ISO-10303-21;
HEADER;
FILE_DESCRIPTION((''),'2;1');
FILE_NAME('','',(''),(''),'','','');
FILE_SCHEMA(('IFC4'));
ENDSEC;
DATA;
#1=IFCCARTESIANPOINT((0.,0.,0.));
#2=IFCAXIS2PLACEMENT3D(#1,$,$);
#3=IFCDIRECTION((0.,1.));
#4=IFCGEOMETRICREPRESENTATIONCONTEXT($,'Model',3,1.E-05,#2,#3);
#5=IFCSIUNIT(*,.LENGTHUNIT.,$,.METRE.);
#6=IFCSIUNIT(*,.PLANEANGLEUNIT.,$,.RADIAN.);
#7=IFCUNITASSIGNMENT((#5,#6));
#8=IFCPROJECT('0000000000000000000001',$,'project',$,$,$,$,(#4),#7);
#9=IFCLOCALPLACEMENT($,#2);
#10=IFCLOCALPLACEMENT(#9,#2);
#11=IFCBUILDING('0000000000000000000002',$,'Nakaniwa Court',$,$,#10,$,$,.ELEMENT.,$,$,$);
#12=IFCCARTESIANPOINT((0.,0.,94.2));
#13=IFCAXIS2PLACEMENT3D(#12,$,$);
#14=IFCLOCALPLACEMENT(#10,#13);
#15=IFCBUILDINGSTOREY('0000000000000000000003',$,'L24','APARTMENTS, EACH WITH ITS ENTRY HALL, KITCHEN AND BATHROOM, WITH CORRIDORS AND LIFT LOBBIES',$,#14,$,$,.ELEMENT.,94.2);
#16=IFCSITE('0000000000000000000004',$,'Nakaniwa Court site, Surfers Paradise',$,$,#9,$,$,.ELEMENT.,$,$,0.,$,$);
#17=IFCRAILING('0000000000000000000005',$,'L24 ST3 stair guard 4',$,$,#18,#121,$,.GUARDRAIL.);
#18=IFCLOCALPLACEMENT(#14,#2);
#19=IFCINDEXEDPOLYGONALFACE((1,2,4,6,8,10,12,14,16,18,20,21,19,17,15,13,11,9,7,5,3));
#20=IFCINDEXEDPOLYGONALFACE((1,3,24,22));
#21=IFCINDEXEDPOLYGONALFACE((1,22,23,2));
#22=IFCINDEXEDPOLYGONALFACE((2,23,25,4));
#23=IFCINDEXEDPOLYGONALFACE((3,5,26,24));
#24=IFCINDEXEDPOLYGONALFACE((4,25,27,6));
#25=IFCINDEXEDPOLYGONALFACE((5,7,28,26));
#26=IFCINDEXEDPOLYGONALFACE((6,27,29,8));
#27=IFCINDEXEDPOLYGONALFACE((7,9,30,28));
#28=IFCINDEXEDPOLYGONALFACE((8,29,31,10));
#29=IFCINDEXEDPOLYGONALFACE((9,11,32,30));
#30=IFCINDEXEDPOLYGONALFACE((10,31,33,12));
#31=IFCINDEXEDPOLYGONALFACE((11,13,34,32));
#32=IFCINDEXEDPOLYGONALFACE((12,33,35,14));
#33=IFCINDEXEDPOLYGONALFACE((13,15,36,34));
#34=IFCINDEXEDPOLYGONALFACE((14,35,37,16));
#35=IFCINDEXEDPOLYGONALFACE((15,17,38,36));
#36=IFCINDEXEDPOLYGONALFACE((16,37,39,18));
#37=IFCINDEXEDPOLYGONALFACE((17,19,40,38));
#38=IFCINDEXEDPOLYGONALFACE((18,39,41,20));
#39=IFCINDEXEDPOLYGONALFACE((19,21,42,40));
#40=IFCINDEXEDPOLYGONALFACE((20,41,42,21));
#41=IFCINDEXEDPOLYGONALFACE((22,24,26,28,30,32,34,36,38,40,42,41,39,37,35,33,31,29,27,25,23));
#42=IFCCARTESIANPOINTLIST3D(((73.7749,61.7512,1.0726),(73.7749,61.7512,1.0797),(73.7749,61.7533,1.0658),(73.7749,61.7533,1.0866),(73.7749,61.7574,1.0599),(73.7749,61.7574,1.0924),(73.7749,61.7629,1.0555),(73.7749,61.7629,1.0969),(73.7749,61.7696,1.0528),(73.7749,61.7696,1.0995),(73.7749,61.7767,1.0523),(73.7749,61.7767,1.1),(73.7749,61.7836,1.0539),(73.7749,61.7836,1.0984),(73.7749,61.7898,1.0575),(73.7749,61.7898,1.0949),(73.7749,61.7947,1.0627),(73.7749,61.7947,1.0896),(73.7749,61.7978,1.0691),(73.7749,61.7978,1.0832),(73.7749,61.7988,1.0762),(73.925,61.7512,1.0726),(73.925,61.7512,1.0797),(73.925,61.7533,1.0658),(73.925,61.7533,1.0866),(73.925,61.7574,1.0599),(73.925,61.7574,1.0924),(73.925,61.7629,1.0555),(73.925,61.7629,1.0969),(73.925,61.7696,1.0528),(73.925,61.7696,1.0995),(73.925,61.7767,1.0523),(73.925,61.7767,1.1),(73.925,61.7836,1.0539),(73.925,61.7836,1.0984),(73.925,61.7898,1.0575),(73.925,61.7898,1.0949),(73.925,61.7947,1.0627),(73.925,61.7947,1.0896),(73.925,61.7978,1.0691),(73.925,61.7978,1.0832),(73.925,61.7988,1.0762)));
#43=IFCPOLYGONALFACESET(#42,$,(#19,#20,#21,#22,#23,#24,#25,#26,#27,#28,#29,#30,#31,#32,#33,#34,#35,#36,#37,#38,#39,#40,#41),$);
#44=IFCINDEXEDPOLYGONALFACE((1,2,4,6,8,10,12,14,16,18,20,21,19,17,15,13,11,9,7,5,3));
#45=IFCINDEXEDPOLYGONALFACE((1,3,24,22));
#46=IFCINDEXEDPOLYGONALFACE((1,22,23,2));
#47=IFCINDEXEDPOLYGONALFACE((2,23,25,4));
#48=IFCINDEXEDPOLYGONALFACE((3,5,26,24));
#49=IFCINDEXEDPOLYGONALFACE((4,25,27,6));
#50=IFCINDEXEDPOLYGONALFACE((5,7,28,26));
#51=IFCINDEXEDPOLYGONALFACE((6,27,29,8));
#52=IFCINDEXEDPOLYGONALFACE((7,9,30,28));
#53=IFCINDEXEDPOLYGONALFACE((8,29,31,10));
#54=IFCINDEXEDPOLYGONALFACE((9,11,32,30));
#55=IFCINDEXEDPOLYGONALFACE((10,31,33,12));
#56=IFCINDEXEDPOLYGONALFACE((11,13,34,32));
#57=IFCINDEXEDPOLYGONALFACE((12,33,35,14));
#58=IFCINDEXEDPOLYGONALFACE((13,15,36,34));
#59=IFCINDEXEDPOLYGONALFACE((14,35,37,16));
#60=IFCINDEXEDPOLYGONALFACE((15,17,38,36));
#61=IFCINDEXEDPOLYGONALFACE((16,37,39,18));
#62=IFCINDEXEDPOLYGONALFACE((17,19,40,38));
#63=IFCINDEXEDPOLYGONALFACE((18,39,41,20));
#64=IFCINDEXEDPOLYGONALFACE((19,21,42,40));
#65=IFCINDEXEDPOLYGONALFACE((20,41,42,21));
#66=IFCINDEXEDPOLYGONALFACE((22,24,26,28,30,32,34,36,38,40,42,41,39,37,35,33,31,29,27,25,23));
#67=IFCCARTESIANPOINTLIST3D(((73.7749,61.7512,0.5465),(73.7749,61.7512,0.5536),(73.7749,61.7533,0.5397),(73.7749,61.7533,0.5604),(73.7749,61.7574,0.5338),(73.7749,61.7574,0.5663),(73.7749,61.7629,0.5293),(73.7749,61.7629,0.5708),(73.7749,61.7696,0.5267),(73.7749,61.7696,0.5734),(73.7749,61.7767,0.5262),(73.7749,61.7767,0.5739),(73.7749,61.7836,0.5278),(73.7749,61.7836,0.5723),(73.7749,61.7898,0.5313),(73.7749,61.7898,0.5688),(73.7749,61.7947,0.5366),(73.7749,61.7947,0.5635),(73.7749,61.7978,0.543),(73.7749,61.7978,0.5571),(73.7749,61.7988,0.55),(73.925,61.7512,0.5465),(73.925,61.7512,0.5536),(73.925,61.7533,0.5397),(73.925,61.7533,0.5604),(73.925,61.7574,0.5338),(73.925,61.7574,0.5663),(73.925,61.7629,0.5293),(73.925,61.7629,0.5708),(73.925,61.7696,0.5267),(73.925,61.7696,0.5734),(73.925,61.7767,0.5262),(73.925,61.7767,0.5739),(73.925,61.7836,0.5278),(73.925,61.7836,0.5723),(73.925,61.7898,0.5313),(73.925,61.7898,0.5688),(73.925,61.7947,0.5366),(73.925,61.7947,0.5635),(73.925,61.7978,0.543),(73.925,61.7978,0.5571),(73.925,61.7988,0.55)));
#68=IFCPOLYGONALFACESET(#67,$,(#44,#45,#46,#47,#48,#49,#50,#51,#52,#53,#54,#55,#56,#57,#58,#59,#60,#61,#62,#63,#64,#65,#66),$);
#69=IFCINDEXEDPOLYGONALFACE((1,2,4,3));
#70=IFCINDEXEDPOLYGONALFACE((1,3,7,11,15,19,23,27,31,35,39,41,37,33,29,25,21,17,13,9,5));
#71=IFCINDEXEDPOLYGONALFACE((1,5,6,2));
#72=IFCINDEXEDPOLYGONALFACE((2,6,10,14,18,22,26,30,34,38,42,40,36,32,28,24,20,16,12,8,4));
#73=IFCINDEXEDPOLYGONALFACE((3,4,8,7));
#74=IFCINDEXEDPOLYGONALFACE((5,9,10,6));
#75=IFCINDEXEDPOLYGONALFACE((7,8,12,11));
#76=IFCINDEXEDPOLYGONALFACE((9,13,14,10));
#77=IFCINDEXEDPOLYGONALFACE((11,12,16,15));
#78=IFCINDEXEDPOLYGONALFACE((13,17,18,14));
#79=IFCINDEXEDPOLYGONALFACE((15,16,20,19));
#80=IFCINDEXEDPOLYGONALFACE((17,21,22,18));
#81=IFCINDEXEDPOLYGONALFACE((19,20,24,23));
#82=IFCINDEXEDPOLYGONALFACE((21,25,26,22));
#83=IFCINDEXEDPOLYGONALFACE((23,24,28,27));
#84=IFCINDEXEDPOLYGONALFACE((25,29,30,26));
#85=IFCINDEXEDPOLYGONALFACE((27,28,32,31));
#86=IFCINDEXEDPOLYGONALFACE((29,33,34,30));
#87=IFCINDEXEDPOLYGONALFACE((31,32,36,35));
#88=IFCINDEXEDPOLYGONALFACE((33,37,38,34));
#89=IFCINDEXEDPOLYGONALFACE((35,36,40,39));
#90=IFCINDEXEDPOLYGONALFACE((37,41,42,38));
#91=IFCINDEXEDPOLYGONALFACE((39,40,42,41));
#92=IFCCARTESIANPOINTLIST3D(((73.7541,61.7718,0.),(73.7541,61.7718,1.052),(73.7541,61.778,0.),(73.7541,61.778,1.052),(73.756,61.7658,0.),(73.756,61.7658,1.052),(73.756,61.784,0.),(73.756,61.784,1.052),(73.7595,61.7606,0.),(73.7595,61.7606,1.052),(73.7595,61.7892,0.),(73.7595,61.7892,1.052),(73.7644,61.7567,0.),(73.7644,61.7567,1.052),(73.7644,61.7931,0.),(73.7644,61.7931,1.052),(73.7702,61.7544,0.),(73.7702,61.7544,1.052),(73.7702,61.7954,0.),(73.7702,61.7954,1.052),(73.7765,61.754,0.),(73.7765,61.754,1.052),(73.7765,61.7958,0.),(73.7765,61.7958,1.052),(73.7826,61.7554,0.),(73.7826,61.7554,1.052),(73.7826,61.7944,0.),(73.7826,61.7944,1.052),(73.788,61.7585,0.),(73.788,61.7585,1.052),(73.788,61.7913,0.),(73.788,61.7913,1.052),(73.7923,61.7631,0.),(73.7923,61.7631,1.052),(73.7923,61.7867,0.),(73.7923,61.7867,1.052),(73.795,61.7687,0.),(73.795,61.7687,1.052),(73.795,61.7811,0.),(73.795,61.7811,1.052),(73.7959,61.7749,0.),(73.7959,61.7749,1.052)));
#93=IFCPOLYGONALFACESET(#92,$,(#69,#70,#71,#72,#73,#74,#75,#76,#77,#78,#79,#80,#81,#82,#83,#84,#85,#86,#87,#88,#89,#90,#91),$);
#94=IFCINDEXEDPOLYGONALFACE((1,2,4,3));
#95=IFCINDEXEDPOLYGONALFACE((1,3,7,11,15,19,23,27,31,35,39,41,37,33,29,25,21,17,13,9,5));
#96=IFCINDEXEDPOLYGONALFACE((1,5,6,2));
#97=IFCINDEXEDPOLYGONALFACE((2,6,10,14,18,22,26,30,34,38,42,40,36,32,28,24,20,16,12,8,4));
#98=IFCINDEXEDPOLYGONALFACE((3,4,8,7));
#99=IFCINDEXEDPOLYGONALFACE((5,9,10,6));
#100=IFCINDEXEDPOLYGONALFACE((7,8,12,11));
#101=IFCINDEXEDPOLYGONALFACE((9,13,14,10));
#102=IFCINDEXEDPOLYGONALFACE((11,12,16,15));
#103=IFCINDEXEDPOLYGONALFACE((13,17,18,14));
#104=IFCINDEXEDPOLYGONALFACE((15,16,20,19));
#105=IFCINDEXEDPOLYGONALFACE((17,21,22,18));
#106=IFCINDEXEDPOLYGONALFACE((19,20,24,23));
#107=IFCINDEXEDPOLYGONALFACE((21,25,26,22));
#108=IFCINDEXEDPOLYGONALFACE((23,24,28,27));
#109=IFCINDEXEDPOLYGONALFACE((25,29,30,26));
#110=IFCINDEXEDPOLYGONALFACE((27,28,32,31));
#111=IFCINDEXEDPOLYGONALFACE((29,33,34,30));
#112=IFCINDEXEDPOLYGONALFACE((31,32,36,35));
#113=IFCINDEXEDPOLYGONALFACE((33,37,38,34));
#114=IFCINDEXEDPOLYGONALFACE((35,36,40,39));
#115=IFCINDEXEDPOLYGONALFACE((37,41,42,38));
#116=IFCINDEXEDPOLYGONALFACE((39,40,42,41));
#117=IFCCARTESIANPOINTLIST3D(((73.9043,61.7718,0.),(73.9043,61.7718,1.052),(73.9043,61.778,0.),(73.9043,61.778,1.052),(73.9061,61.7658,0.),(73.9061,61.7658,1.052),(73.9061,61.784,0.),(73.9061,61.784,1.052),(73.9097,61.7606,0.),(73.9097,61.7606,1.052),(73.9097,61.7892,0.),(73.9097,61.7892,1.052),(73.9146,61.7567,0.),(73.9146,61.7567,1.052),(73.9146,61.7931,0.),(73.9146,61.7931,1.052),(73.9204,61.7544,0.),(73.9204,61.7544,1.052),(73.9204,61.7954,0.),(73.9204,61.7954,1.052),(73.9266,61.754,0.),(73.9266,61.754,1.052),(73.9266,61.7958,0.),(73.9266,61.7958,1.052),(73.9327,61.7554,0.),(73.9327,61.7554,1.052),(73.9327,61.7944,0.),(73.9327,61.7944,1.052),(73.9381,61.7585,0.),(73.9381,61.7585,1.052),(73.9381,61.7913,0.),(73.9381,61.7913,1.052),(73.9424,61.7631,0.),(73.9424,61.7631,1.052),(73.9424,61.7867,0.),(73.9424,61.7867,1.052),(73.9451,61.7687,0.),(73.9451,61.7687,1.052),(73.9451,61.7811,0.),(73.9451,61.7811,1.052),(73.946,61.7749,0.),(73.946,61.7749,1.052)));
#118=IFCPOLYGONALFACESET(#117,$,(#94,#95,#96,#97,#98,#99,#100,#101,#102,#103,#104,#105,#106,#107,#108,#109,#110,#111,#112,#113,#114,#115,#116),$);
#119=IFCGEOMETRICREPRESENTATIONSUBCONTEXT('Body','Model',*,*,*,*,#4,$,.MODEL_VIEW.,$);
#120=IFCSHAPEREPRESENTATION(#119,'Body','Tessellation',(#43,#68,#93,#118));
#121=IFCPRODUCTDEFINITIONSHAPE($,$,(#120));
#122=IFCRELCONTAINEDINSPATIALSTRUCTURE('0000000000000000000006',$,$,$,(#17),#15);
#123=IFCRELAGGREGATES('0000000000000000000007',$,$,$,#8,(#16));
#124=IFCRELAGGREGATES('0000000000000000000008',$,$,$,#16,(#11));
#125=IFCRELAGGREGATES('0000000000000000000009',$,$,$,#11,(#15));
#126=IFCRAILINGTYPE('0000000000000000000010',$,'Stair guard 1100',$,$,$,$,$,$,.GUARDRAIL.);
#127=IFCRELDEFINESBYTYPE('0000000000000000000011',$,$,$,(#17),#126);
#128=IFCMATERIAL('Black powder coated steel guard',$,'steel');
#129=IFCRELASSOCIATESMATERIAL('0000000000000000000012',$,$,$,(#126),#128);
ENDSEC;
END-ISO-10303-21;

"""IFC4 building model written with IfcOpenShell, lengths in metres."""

from ifc_helpers import new_model, si_unit, direction, frame, origin, origin_2d, place, context, subcontext, project, spatial, circle, extrude, material, type_object, element, save


model = new_model("IFC4")

# Units and contexts
model_context = context("Model", 3, precision=1e-05, world=origin(), true_north=direction((0.0, 1.0)))
body_context = subcontext(model_context, "Body", "Model", "MODEL_VIEW")
ifc_project = project(units=[si_unit("LENGTHUNIT", "METRE"), si_unit("PLANEANGLEUNIT", "RADIAN")], contexts=[model_context])

# Site, building, storey
site_placement = place(None, origin())
site = spatial("IfcSite", under=ifc_project, at=site_placement, Name="Nakaniwa Court site, Surfers Paradise", CompositionType="ELEMENT", RefElevation=0.0)
building_placement = place(site_placement, origin())
building = spatial("IfcBuilding", under=site, at=building_placement, Name="Nakaniwa Court", CompositionType="ELEMENT")
storey_placement = place(building_placement, frame((0.0, 0.0, 94.2)))
storey = spatial("IfcBuildingStorey", under=building, at=storey_placement, Name="L24", Description="APARTMENTS, EACH WITH ITS ENTRY HALL, KITCHEN AND BATHROOM, WITH CORRIDORS AND LIFT LOBBIES", CompositionType="ELEMENT", Elevation=94.2)

# Railing
ifc_material_1 = material(Name="Black powder coated steel guard", Category="steel")
railing_type_1 = type_object("IfcRailingType", Name="Stair guard 1100", PredefinedType="GUARDRAIL", material=ifc_material_1)
railing_1_placement = place(storey_placement, frame((73.7749, 61.7749, 0.0)))
element("IfcRailing", 1, at=railing_1_placement, inside=storey, type_object=railing_type_1, Name="L24 ST3 stair guard 4", PredefinedType="GUARDRAIL", context=body_context, shape_type="SweptSolid", body=[
    extrude(circle(Radius=0.0239, at=origin_2d()), frame((0.0, 0.0, 1.0762), z_axis=(1.0, 0.0, 0.0), x_axis=(0.0, 1.0, 0.0)), (0.0, 0.0, 1.0), 0.1501),
    extrude(circle(Radius=0.0239, at=origin_2d()), frame((0.0, 0.0, 0.55), z_axis=(1.0, 0.0, 0.0), x_axis=(0.0, 1.0, 0.0)), (0.0, 0.0, 1.0), 0.1501),
    extrude(circle(Radius=0.021, at=origin_2d()), origin(), (0.0, 0.0, 1.0), 1.052),
    extrude(circle(Radius=0.021, at=origin_2d()), frame((0.1501, 0.0, 0.0)), (0.0, 0.0, 1.0), 1.052),
])

save(model, "model.ifc")
